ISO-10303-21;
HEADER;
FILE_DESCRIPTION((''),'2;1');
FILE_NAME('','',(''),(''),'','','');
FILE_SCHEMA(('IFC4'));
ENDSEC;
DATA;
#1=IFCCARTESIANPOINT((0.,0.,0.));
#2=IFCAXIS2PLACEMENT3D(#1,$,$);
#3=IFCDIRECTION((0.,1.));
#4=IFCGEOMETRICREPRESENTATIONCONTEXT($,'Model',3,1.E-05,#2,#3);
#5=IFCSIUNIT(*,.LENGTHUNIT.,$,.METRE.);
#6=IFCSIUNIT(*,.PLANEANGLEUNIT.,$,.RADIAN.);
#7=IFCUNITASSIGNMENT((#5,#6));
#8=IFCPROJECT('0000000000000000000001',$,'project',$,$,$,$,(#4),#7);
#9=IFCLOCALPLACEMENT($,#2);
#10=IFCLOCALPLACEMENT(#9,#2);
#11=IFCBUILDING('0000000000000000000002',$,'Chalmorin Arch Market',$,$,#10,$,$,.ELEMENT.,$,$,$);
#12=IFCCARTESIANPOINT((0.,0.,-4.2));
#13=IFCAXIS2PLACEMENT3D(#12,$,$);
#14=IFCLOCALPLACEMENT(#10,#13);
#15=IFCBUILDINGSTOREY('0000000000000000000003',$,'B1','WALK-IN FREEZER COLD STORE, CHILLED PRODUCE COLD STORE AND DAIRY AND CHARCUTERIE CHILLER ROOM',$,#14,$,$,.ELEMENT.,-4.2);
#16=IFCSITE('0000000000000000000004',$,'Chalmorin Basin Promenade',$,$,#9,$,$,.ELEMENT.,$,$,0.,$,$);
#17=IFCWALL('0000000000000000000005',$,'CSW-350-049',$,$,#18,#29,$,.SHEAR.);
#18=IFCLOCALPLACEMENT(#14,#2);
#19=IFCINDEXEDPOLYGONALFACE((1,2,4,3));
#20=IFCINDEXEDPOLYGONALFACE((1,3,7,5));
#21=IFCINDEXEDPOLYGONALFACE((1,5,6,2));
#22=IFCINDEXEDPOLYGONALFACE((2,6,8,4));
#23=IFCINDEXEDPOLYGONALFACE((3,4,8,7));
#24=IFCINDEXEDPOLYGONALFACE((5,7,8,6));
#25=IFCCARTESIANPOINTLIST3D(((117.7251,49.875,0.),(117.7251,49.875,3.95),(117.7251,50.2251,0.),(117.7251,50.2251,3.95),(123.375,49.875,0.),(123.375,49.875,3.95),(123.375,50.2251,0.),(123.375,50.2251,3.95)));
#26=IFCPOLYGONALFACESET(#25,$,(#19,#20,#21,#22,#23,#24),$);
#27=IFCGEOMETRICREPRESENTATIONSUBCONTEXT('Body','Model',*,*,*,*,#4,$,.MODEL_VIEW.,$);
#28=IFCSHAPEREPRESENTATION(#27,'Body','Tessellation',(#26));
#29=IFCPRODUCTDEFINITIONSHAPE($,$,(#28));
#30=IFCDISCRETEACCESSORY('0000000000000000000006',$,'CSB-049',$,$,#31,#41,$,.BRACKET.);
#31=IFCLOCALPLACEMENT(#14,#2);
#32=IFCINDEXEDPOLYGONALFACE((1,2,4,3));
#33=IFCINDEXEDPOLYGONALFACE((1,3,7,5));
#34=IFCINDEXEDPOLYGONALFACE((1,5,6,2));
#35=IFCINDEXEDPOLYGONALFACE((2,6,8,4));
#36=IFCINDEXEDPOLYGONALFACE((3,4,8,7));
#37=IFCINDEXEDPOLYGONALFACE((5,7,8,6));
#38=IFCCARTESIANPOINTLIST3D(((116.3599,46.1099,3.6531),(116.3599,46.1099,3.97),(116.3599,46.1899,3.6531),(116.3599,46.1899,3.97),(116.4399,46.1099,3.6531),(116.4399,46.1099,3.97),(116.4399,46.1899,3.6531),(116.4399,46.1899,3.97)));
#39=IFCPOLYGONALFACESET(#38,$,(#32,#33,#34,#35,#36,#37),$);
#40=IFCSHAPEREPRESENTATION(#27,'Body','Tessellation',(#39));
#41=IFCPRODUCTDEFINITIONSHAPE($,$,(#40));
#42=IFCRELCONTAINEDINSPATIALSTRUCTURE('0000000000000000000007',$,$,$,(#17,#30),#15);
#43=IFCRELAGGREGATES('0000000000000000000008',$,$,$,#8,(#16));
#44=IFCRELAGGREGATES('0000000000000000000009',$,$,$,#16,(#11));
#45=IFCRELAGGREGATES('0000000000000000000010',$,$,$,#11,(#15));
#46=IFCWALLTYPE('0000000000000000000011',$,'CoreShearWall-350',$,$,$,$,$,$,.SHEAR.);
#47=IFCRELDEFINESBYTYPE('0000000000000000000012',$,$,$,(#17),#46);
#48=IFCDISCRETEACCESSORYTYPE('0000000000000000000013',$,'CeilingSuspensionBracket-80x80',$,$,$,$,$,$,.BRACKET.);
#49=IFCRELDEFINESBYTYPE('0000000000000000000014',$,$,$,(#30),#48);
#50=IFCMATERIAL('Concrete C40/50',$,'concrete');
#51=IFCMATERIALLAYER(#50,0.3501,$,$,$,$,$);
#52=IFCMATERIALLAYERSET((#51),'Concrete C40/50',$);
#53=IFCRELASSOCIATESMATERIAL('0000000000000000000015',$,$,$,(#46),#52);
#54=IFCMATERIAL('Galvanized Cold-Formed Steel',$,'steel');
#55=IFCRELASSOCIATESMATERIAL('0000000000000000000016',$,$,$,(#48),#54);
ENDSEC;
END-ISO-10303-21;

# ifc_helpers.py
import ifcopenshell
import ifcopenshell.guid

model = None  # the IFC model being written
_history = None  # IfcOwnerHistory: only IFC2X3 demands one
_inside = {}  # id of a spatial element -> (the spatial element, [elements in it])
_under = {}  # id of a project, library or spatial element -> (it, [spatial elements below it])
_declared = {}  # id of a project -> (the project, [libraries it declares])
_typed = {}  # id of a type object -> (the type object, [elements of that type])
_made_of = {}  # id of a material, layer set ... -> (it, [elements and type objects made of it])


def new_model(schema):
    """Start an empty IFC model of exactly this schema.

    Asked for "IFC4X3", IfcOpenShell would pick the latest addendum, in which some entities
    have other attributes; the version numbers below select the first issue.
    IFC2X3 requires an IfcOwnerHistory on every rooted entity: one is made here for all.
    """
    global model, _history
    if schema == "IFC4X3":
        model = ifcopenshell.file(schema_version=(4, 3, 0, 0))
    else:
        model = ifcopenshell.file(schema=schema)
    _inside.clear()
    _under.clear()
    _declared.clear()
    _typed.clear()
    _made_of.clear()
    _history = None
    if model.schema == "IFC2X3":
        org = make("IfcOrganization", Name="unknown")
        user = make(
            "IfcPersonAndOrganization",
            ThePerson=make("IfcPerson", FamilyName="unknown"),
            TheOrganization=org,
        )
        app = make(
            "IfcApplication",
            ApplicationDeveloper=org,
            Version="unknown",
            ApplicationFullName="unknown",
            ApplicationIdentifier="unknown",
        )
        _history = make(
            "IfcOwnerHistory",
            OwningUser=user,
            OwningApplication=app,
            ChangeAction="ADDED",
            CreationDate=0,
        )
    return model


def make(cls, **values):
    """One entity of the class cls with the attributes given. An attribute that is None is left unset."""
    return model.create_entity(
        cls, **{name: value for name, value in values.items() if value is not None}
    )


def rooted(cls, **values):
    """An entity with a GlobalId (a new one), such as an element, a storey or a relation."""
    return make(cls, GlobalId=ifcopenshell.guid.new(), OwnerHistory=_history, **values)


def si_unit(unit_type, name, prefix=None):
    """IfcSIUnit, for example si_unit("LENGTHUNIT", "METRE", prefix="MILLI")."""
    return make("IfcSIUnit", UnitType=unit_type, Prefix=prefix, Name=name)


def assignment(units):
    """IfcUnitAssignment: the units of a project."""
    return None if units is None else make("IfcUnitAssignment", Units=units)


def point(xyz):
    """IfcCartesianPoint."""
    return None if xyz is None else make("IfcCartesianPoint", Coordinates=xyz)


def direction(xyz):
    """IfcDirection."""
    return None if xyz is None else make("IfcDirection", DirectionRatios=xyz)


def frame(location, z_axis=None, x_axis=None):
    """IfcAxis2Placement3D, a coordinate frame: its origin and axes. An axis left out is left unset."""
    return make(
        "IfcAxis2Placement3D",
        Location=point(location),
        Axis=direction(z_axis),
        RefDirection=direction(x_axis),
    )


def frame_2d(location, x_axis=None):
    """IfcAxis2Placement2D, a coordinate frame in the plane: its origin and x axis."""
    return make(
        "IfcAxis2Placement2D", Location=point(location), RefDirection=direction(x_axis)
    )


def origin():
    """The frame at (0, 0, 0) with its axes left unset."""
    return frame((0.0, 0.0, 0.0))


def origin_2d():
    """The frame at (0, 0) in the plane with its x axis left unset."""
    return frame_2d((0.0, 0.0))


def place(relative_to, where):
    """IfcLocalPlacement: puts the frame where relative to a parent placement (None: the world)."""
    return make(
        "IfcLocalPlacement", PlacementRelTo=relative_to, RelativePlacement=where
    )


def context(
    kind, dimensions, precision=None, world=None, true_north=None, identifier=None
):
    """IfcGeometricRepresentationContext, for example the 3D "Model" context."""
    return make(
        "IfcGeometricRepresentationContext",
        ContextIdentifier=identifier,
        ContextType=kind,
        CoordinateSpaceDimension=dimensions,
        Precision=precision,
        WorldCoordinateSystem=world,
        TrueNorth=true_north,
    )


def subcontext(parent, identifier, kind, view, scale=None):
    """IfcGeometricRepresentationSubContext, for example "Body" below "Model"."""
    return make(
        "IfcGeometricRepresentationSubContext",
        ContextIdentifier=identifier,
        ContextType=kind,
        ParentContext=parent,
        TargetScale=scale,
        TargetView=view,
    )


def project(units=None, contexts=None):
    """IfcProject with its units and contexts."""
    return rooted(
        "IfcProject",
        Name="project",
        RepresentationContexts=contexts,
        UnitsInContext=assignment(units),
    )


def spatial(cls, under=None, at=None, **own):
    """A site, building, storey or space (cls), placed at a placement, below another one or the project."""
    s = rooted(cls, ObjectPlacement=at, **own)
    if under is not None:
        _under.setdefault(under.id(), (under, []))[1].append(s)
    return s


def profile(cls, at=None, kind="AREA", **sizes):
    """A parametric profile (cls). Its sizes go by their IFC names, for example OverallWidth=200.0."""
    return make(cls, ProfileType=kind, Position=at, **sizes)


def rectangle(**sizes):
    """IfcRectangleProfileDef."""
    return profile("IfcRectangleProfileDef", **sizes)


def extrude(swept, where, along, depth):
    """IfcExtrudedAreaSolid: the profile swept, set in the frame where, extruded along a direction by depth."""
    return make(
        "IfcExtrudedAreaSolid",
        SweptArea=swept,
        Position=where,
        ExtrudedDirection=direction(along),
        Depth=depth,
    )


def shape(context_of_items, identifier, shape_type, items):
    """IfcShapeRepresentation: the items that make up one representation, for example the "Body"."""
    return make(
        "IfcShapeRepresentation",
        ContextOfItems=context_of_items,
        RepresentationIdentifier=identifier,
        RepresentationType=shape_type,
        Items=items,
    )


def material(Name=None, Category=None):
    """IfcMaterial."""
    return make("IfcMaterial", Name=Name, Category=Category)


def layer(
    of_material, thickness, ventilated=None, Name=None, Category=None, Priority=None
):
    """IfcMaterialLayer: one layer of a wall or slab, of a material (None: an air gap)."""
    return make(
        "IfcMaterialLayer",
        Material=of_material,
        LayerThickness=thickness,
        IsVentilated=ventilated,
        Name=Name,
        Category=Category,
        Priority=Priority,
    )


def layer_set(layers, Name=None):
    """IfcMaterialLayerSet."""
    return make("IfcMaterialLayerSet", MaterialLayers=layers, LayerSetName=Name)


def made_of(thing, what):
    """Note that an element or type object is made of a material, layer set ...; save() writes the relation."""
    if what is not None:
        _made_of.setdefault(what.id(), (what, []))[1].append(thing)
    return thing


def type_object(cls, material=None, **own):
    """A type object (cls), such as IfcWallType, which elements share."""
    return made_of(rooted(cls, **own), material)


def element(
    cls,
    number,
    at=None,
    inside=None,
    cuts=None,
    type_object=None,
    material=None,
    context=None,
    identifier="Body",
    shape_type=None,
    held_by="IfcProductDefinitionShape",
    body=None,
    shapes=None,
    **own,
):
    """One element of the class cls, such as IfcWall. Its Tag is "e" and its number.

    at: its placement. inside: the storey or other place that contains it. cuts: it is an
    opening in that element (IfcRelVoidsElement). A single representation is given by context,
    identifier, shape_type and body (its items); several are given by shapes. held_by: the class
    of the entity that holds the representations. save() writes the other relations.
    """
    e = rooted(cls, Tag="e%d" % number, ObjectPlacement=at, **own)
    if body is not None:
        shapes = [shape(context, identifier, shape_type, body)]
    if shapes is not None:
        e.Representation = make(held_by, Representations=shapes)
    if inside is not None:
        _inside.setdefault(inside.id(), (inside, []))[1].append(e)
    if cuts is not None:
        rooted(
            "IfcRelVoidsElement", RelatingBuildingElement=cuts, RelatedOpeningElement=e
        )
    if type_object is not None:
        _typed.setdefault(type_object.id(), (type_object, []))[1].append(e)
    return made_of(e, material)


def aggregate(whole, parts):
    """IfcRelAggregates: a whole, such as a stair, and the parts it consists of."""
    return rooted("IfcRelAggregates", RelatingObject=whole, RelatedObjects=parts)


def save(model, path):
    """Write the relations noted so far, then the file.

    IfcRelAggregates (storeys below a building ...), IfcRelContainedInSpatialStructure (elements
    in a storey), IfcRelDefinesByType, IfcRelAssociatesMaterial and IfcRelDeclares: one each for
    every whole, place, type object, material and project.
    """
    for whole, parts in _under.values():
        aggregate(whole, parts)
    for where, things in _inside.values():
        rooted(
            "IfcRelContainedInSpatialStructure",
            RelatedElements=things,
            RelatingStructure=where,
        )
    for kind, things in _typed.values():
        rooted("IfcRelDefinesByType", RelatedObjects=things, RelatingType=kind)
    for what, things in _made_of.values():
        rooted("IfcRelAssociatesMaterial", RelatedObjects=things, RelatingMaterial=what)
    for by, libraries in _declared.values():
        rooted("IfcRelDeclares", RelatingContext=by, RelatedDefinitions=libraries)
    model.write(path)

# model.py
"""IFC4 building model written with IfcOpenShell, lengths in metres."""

from ifc_helpers import new_model, si_unit, direction, frame, frame_2d, origin, origin_2d, place, context, subcontext, project, spatial, rectangle, extrude, material, layer, layer_set, type_object, element, save


model = new_model("IFC4")

# Units and contexts
model_context = context("Model", 3, precision=1e-05, world=origin(), true_north=direction((0.0, 1.0)))
body_context = subcontext(model_context, "Body", "Model", "MODEL_VIEW")
ifc_project = project(units=[si_unit("LENGTHUNIT", "METRE"), si_unit("PLANEANGLEUNIT", "RADIAN")], contexts=[model_context])

# Site, building, storey
site_placement = place(None, origin())
site = spatial("IfcSite", under=ifc_project, at=site_placement, Name="Chalmorin Basin Promenade", CompositionType="ELEMENT", RefElevation=0.0)
building_placement = place(site_placement, origin())
building = spatial("IfcBuilding", under=site, at=building_placement, Name="Chalmorin Arch Market", CompositionType="ELEMENT")
storey_placement = place(building_placement, frame((0.0, 0.0, -4.2)))
storey = spatial("IfcBuildingStorey", under=building, at=storey_placement, Name="B1", Description="WALK-IN FREEZER COLD STORE, CHILLED PRODUCE COLD STORE AND DAIRY AND CHARCUTERIE CHILLER ROOM", CompositionType="ELEMENT", Elevation=-4.2)

# Shared definitions
ifc_material_1 = material(Name="Concrete C40/50", Category="concrete")

# Wall
ifc_layer_1 = layer(ifc_material_1, 0.3501)
ifc_layer_set_1 = layer_set([ifc_layer_1], Name="Concrete C40/50")
wall_type_1 = type_object("IfcWallType", Name="CoreShearWall-350", PredefinedType="SHEAR", material=ifc_layer_set_1)
wall_1_placement = place(storey_placement, frame((123.375, 50.05, 0.0), z_axis=(0.0, 0.0, 1.0), x_axis=(-1.0, 0.0, 0.0)))
element("IfcWall", 1, at=wall_1_placement, inside=storey, type_object=wall_type_1, Name="CSW-350-049", PredefinedType="SHEAR", context=body_context, shape_type="SweptSolid", body=[
    extrude(rectangle(XDim=5.6499, YDim=0.3501, at=frame_2d((2.825, 0.0))), origin(), (0.0, 0.0, 1.0), 3.95),
])

# Discrete accessory
ifc_material_2 = material(Name="Galvanized Cold-Formed Steel", Category="steel")
discrete_accessory_type = type_object("IfcDiscreteAccessoryType", Name="CeilingSuspensionBracket-80x80", PredefinedType="BRACKET", material=ifc_material_2)
discrete_accessory_placement = place(storey_placement, frame((116.3999, 46.1499, 3.6531), z_axis=(0.0, 0.0, 1.0), x_axis=(1.0, 0.0, 0.0)))
element("IfcDiscreteAccessory", 2, at=discrete_accessory_placement, inside=storey, type_object=discrete_accessory_type, Name="CSB-049", PredefinedType="BRACKET", context=body_context, shape_type="SweptSolid", body=[
    extrude(rectangle(XDim=0.0801, YDim=0.0801, at=origin_2d()), origin(), (0.0, 0.0, 1.0), 0.3169),
])

save(model, "model.ifc")
